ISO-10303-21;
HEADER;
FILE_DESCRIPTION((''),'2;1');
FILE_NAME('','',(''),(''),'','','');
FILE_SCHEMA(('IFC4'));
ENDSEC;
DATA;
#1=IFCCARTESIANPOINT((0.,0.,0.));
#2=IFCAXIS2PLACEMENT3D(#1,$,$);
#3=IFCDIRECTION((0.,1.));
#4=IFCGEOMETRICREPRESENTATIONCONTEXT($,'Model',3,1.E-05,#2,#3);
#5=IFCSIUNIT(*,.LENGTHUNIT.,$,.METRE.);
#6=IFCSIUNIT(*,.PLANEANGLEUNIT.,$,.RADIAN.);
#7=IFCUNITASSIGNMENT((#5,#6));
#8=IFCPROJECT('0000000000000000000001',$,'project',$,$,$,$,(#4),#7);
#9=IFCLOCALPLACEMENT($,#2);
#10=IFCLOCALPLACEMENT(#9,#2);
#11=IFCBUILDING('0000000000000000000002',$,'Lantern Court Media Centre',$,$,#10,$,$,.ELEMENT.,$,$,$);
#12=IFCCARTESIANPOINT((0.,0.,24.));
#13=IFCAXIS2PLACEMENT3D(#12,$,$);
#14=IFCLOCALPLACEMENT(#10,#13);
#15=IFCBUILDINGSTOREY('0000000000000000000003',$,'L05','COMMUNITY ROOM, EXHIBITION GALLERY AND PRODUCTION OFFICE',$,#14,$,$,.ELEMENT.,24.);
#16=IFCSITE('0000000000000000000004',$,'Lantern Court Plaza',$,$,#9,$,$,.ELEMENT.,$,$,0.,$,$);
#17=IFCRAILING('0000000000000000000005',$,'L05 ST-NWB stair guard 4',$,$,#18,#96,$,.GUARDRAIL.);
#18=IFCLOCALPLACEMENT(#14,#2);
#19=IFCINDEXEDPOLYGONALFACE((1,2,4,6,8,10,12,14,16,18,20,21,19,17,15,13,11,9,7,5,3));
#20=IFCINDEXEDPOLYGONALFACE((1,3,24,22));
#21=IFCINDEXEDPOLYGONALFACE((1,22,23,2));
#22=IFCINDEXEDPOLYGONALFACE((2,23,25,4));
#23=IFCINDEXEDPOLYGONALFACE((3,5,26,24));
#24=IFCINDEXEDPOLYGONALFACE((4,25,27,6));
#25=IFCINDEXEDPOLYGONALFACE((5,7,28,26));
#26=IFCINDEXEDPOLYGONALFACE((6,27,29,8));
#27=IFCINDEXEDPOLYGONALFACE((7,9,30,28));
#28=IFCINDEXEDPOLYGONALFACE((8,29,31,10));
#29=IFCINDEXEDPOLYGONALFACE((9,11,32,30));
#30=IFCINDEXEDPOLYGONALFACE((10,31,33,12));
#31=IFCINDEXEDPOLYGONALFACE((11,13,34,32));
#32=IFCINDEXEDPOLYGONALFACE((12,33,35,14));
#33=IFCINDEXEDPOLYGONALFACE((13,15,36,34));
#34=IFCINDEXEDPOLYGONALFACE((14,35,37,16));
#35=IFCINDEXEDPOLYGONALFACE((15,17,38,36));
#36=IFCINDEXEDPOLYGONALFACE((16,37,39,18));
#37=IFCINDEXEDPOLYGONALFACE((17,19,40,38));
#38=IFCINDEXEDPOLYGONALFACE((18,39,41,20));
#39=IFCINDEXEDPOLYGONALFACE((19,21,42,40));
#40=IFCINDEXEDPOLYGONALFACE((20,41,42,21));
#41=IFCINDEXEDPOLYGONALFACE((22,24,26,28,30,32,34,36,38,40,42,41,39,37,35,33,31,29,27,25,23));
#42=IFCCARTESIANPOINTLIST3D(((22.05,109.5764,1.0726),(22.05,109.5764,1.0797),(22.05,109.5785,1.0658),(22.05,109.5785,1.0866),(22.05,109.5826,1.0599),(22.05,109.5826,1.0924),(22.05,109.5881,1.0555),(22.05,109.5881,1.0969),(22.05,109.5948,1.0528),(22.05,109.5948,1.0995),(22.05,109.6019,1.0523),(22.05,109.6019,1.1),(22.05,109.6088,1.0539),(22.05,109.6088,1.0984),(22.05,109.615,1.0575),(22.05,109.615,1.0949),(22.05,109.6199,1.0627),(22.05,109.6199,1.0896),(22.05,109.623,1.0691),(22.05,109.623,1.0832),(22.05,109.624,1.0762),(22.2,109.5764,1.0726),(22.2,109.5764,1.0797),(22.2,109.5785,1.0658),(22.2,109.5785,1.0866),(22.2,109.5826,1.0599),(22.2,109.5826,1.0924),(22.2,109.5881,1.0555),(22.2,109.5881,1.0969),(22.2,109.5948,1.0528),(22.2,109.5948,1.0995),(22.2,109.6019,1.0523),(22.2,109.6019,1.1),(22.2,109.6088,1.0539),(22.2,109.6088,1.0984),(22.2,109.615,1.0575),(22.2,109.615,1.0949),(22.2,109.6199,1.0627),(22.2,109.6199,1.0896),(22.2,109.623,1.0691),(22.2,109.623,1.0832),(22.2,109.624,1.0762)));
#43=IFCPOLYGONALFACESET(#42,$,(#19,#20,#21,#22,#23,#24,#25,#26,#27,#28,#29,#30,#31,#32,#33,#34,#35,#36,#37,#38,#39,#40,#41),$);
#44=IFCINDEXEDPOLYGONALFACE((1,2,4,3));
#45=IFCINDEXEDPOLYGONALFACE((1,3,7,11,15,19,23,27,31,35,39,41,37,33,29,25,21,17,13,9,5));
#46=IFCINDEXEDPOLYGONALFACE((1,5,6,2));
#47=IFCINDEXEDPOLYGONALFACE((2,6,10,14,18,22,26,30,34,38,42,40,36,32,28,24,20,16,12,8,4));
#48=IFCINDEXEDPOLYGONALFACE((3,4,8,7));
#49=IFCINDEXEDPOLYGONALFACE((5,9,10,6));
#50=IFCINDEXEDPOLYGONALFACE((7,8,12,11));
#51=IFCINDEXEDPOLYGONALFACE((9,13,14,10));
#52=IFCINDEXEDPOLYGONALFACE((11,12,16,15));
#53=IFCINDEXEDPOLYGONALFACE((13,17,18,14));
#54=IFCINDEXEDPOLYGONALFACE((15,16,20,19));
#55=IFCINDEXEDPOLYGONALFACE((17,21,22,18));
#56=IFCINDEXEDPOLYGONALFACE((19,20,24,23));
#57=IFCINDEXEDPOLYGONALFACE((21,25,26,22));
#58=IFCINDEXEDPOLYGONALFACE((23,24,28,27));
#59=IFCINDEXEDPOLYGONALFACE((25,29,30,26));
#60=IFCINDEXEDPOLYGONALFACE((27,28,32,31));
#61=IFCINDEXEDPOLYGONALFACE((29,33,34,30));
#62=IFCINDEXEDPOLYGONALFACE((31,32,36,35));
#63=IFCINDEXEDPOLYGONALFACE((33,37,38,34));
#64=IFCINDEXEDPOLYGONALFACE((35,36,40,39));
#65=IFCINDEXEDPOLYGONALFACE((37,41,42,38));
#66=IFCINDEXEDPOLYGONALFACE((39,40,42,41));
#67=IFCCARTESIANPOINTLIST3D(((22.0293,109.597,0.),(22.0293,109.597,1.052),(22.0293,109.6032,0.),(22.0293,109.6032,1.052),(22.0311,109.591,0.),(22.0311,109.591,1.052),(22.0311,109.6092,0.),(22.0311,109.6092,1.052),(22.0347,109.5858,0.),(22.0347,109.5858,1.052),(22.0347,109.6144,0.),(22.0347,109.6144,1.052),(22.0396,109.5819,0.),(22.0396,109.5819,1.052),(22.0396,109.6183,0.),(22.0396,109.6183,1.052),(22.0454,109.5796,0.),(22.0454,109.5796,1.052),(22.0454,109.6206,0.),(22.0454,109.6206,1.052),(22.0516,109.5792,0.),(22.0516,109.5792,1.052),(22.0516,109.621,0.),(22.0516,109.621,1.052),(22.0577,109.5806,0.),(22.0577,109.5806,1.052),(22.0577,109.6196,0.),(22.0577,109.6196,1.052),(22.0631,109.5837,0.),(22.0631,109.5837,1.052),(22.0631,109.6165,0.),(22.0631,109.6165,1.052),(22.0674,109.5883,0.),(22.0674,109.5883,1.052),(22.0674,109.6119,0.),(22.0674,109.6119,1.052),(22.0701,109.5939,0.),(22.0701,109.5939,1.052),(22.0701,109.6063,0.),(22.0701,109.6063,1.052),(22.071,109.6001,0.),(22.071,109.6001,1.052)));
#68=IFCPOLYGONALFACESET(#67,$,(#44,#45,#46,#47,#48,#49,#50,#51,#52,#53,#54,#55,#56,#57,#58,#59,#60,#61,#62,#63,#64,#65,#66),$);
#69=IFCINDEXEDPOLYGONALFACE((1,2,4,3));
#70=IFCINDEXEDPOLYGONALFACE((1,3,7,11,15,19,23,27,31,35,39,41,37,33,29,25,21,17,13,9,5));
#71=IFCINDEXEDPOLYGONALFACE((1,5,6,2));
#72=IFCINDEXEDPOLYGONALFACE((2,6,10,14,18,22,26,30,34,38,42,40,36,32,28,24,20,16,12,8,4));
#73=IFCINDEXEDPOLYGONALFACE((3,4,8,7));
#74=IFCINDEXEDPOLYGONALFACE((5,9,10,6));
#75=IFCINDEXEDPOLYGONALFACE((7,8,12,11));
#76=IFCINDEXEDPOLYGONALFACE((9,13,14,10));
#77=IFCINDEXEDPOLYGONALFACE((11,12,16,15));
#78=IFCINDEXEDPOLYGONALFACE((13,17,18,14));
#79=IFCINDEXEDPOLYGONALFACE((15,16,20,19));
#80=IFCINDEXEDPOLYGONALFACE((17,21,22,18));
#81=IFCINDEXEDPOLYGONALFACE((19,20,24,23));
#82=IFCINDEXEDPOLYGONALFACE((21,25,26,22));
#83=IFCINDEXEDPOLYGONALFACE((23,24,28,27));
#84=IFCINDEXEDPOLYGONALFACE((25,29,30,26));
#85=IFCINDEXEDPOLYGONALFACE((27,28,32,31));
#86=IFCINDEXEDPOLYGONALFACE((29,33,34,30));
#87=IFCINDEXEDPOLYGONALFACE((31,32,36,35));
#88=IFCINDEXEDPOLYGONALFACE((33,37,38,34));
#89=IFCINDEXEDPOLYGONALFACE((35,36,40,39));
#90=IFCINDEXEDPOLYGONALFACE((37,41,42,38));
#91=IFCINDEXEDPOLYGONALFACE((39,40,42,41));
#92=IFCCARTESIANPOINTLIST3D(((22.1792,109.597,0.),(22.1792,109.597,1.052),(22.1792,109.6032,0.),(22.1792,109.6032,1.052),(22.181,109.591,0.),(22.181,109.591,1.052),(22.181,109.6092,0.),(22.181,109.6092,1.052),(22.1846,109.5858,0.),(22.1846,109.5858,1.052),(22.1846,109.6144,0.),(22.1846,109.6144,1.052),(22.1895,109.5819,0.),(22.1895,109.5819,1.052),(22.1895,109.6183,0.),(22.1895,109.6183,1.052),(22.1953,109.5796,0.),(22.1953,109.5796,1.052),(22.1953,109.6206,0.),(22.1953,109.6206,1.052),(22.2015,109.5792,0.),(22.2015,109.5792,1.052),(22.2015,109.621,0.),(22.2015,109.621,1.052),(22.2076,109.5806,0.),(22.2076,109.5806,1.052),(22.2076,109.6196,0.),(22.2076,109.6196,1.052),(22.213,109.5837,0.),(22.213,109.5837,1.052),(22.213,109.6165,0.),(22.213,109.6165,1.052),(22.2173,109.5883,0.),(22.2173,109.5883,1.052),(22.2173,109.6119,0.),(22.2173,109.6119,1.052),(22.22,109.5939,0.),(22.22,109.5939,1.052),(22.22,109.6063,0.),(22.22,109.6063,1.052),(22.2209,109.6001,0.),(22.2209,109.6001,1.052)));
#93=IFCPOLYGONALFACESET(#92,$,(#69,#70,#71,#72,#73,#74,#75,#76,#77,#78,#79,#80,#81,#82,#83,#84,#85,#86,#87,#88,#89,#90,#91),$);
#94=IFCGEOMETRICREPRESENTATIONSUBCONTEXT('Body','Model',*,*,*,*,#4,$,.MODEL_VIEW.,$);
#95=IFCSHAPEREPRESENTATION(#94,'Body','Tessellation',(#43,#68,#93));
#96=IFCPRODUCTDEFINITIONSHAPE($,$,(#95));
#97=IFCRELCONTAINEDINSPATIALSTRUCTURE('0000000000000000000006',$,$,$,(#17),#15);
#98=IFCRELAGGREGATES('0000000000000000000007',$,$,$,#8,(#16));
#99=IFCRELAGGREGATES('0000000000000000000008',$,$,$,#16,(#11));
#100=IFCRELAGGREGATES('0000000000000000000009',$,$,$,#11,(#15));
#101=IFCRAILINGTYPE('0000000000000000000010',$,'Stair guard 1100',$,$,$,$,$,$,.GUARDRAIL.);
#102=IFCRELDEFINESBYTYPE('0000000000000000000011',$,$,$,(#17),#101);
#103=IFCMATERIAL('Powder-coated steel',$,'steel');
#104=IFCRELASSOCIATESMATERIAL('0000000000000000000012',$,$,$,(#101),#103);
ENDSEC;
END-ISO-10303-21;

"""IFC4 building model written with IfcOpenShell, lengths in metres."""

from ifc_helpers import new_model, si_unit, direction, frame, origin, origin_2d, place, context, subcontext, project, spatial, circle, extrude, material, type_object, element, save


model = new_model("IFC4")

# Units and contexts
model_context = context("Model", 3, precision=1e-05, world=origin(), true_north=direction((0.0, 1.0)))
body_context = subcontext(model_context, "Body", "Model", "MODEL_VIEW")
ifc_project = project(units=[si_unit("LENGTHUNIT", "METRE"), si_unit("PLANEANGLEUNIT", "RADIAN")], contexts=[model_context])

# Site, building, storey
site_placement = place(None, origin())
site = spatial("IfcSite", under=ifc_project, at=site_placement, Name="Lantern Court Plaza", CompositionType="ELEMENT", RefElevation=0.0)
building_placement = place(site_placement, origin())
building = spatial("IfcBuilding", under=site, at=building_placement, Name="Lantern Court Media Centre", CompositionType="ELEMENT")
storey_placement = place(building_placement, frame((0.0, 0.0, 24.0)))
storey = spatial("IfcBuildingStorey", under=building, at=storey_placement, Name="L05", Description="COMMUNITY ROOM, EXHIBITION GALLERY AND PRODUCTION OFFICE", CompositionType="ELEMENT", Elevation=24.0)

# Shared definitions
ifc_material_1 = material(Name="Powder-coated steel", Category="steel")

# Railing
railing_type_1 = type_object("IfcRailingType", Name="Stair guard 1100", PredefinedType="GUARDRAIL", material=ifc_material_1)
railing_1_placement = place(storey_placement, frame((22.05, 109.6001, 0.0)))
element("IfcRailing", 1, at=railing_1_placement, inside=storey, type_object=railing_type_1, Name="L05 ST-NWB stair guard 4", PredefinedType="GUARDRAIL", context=body_context, shape_type="SweptSolid", body=[
    extrude(circle(Radius=0.0239, at=origin_2d()), frame((0.0, 0.0, 1.0762), z_axis=(1.0, 0.0, 0.0), x_axis=(0.0, 1.0, 0.0)), (0.0, 0.0, 1.0), 0.1499),
    extrude(circle(Radius=0.021, at=origin_2d()), origin(), (0.0, 0.0, 1.0), 1.052),
    extrude(circle(Radius=0.021, at=origin_2d()), frame((0.1499, 0.0, 0.0)), (0.0, 0.0, 1.0), 1.052),
])

save(model, "model.ifc")
